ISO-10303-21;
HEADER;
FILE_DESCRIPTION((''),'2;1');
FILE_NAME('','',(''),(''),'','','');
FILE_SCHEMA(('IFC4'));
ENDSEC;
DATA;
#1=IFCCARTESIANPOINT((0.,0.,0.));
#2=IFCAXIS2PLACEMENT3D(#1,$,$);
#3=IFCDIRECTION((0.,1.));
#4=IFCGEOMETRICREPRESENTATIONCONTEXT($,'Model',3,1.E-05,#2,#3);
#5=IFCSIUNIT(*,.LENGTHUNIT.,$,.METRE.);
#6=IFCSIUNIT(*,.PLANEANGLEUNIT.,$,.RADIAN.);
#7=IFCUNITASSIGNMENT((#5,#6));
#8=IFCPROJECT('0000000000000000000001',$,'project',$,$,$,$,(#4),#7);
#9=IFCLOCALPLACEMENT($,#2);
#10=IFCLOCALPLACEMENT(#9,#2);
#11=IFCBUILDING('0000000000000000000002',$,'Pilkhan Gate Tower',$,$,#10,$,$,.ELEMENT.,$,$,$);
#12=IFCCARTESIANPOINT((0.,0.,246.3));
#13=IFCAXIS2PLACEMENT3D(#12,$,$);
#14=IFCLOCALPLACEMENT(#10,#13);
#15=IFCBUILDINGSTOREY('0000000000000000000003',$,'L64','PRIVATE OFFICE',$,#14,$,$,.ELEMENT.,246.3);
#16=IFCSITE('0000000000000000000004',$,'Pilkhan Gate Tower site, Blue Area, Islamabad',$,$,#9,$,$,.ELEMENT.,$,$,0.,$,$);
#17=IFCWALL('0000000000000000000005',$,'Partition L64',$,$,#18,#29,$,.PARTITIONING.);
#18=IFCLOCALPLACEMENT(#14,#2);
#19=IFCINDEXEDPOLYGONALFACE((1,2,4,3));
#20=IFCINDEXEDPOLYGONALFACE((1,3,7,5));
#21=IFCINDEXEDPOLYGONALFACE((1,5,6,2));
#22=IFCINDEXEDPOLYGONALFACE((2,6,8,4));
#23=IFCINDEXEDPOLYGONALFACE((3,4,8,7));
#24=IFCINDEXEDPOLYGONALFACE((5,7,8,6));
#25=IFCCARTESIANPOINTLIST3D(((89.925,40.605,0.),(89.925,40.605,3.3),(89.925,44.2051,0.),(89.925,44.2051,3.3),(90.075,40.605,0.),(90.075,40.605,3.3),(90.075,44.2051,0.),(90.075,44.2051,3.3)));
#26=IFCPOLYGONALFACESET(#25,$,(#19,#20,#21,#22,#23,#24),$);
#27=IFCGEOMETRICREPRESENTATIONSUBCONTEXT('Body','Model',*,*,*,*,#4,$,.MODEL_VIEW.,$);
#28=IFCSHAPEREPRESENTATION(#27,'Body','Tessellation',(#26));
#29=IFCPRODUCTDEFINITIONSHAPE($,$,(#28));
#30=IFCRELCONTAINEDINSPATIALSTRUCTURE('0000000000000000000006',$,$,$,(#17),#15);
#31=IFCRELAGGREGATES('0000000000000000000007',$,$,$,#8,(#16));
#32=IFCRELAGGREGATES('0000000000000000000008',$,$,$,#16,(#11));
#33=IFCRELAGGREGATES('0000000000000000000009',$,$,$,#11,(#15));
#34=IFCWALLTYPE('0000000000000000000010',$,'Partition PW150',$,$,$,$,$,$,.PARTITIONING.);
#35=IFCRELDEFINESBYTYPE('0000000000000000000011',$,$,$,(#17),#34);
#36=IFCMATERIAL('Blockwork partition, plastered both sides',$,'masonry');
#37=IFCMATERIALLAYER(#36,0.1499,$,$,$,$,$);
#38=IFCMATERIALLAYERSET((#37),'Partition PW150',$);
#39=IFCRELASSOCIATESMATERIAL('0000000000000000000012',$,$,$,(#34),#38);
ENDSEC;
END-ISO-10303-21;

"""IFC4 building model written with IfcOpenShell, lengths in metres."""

from ifc_helpers import new_model, si_unit, direction, frame, frame_2d, origin, place, context, subcontext, project, spatial, rectangle, extrude, material, layer, layer_set, type_object, element, save


model = new_model("IFC4")

# Units and contexts
model_context = context("Model", 3, precision=1e-05, world=origin(), true_north=direction((0.0, 1.0)))
body_context = subcontext(model_context, "Body", "Model", "MODEL_VIEW")
ifc_project = project(units=[si_unit("LENGTHUNIT", "METRE"), si_unit("PLANEANGLEUNIT", "RADIAN")], contexts=[model_context])

# Site, building, storey
site_placement = place(None, origin())
site = spatial("IfcSite", under=ifc_project, at=site_placement, Name="Pilkhan Gate Tower site, Blue Area, Islamabad", CompositionType="ELEMENT", RefElevation=0.0)
building_placement = place(site_placement, origin())
building = spatial("IfcBuilding", under=site, at=building_placement, Name="Pilkhan Gate Tower", CompositionType="ELEMENT")
storey_placement = place(building_placement, frame((0.0, 0.0, 246.3)))
storey = spatial("IfcBuildingStorey", under=building, at=storey_placement, Name="L64", Description="PRIVATE OFFICE", CompositionType="ELEMENT", Elevation=246.3)

# Wall
ifc_material_1 = material(Name="Blockwork partition, plastered both sides", Category="masonry")
ifc_layer_1 = layer(ifc_material_1, 0.1499)
ifc_layer_set_1 = layer_set([ifc_layer_1], Name="Partition PW150")
wall_type_1 = type_object("IfcWallType", Name="Partition PW150", PredefinedType="PARTITIONING", material=ifc_layer_set_1)
wall_1_placement = place(storey_placement, frame((90.0, 40.605, 0.0), z_axis=(0.0, 0.0, 1.0), x_axis=(0.0, 1.0, 0.0)))
element("IfcWall", 1, at=wall_1_placement, inside=storey, type_object=wall_type_1, Name="Partition L64", PredefinedType="PARTITIONING", context=body_context, shape_type="SweptSolid", body=[
    extrude(rectangle(XDim=3.6001, YDim=0.1499, at=frame_2d((1.8, 0.0))), origin(), (0.0, 0.0, 1.0), 3.3),
])

save(model, "model.ifc")
